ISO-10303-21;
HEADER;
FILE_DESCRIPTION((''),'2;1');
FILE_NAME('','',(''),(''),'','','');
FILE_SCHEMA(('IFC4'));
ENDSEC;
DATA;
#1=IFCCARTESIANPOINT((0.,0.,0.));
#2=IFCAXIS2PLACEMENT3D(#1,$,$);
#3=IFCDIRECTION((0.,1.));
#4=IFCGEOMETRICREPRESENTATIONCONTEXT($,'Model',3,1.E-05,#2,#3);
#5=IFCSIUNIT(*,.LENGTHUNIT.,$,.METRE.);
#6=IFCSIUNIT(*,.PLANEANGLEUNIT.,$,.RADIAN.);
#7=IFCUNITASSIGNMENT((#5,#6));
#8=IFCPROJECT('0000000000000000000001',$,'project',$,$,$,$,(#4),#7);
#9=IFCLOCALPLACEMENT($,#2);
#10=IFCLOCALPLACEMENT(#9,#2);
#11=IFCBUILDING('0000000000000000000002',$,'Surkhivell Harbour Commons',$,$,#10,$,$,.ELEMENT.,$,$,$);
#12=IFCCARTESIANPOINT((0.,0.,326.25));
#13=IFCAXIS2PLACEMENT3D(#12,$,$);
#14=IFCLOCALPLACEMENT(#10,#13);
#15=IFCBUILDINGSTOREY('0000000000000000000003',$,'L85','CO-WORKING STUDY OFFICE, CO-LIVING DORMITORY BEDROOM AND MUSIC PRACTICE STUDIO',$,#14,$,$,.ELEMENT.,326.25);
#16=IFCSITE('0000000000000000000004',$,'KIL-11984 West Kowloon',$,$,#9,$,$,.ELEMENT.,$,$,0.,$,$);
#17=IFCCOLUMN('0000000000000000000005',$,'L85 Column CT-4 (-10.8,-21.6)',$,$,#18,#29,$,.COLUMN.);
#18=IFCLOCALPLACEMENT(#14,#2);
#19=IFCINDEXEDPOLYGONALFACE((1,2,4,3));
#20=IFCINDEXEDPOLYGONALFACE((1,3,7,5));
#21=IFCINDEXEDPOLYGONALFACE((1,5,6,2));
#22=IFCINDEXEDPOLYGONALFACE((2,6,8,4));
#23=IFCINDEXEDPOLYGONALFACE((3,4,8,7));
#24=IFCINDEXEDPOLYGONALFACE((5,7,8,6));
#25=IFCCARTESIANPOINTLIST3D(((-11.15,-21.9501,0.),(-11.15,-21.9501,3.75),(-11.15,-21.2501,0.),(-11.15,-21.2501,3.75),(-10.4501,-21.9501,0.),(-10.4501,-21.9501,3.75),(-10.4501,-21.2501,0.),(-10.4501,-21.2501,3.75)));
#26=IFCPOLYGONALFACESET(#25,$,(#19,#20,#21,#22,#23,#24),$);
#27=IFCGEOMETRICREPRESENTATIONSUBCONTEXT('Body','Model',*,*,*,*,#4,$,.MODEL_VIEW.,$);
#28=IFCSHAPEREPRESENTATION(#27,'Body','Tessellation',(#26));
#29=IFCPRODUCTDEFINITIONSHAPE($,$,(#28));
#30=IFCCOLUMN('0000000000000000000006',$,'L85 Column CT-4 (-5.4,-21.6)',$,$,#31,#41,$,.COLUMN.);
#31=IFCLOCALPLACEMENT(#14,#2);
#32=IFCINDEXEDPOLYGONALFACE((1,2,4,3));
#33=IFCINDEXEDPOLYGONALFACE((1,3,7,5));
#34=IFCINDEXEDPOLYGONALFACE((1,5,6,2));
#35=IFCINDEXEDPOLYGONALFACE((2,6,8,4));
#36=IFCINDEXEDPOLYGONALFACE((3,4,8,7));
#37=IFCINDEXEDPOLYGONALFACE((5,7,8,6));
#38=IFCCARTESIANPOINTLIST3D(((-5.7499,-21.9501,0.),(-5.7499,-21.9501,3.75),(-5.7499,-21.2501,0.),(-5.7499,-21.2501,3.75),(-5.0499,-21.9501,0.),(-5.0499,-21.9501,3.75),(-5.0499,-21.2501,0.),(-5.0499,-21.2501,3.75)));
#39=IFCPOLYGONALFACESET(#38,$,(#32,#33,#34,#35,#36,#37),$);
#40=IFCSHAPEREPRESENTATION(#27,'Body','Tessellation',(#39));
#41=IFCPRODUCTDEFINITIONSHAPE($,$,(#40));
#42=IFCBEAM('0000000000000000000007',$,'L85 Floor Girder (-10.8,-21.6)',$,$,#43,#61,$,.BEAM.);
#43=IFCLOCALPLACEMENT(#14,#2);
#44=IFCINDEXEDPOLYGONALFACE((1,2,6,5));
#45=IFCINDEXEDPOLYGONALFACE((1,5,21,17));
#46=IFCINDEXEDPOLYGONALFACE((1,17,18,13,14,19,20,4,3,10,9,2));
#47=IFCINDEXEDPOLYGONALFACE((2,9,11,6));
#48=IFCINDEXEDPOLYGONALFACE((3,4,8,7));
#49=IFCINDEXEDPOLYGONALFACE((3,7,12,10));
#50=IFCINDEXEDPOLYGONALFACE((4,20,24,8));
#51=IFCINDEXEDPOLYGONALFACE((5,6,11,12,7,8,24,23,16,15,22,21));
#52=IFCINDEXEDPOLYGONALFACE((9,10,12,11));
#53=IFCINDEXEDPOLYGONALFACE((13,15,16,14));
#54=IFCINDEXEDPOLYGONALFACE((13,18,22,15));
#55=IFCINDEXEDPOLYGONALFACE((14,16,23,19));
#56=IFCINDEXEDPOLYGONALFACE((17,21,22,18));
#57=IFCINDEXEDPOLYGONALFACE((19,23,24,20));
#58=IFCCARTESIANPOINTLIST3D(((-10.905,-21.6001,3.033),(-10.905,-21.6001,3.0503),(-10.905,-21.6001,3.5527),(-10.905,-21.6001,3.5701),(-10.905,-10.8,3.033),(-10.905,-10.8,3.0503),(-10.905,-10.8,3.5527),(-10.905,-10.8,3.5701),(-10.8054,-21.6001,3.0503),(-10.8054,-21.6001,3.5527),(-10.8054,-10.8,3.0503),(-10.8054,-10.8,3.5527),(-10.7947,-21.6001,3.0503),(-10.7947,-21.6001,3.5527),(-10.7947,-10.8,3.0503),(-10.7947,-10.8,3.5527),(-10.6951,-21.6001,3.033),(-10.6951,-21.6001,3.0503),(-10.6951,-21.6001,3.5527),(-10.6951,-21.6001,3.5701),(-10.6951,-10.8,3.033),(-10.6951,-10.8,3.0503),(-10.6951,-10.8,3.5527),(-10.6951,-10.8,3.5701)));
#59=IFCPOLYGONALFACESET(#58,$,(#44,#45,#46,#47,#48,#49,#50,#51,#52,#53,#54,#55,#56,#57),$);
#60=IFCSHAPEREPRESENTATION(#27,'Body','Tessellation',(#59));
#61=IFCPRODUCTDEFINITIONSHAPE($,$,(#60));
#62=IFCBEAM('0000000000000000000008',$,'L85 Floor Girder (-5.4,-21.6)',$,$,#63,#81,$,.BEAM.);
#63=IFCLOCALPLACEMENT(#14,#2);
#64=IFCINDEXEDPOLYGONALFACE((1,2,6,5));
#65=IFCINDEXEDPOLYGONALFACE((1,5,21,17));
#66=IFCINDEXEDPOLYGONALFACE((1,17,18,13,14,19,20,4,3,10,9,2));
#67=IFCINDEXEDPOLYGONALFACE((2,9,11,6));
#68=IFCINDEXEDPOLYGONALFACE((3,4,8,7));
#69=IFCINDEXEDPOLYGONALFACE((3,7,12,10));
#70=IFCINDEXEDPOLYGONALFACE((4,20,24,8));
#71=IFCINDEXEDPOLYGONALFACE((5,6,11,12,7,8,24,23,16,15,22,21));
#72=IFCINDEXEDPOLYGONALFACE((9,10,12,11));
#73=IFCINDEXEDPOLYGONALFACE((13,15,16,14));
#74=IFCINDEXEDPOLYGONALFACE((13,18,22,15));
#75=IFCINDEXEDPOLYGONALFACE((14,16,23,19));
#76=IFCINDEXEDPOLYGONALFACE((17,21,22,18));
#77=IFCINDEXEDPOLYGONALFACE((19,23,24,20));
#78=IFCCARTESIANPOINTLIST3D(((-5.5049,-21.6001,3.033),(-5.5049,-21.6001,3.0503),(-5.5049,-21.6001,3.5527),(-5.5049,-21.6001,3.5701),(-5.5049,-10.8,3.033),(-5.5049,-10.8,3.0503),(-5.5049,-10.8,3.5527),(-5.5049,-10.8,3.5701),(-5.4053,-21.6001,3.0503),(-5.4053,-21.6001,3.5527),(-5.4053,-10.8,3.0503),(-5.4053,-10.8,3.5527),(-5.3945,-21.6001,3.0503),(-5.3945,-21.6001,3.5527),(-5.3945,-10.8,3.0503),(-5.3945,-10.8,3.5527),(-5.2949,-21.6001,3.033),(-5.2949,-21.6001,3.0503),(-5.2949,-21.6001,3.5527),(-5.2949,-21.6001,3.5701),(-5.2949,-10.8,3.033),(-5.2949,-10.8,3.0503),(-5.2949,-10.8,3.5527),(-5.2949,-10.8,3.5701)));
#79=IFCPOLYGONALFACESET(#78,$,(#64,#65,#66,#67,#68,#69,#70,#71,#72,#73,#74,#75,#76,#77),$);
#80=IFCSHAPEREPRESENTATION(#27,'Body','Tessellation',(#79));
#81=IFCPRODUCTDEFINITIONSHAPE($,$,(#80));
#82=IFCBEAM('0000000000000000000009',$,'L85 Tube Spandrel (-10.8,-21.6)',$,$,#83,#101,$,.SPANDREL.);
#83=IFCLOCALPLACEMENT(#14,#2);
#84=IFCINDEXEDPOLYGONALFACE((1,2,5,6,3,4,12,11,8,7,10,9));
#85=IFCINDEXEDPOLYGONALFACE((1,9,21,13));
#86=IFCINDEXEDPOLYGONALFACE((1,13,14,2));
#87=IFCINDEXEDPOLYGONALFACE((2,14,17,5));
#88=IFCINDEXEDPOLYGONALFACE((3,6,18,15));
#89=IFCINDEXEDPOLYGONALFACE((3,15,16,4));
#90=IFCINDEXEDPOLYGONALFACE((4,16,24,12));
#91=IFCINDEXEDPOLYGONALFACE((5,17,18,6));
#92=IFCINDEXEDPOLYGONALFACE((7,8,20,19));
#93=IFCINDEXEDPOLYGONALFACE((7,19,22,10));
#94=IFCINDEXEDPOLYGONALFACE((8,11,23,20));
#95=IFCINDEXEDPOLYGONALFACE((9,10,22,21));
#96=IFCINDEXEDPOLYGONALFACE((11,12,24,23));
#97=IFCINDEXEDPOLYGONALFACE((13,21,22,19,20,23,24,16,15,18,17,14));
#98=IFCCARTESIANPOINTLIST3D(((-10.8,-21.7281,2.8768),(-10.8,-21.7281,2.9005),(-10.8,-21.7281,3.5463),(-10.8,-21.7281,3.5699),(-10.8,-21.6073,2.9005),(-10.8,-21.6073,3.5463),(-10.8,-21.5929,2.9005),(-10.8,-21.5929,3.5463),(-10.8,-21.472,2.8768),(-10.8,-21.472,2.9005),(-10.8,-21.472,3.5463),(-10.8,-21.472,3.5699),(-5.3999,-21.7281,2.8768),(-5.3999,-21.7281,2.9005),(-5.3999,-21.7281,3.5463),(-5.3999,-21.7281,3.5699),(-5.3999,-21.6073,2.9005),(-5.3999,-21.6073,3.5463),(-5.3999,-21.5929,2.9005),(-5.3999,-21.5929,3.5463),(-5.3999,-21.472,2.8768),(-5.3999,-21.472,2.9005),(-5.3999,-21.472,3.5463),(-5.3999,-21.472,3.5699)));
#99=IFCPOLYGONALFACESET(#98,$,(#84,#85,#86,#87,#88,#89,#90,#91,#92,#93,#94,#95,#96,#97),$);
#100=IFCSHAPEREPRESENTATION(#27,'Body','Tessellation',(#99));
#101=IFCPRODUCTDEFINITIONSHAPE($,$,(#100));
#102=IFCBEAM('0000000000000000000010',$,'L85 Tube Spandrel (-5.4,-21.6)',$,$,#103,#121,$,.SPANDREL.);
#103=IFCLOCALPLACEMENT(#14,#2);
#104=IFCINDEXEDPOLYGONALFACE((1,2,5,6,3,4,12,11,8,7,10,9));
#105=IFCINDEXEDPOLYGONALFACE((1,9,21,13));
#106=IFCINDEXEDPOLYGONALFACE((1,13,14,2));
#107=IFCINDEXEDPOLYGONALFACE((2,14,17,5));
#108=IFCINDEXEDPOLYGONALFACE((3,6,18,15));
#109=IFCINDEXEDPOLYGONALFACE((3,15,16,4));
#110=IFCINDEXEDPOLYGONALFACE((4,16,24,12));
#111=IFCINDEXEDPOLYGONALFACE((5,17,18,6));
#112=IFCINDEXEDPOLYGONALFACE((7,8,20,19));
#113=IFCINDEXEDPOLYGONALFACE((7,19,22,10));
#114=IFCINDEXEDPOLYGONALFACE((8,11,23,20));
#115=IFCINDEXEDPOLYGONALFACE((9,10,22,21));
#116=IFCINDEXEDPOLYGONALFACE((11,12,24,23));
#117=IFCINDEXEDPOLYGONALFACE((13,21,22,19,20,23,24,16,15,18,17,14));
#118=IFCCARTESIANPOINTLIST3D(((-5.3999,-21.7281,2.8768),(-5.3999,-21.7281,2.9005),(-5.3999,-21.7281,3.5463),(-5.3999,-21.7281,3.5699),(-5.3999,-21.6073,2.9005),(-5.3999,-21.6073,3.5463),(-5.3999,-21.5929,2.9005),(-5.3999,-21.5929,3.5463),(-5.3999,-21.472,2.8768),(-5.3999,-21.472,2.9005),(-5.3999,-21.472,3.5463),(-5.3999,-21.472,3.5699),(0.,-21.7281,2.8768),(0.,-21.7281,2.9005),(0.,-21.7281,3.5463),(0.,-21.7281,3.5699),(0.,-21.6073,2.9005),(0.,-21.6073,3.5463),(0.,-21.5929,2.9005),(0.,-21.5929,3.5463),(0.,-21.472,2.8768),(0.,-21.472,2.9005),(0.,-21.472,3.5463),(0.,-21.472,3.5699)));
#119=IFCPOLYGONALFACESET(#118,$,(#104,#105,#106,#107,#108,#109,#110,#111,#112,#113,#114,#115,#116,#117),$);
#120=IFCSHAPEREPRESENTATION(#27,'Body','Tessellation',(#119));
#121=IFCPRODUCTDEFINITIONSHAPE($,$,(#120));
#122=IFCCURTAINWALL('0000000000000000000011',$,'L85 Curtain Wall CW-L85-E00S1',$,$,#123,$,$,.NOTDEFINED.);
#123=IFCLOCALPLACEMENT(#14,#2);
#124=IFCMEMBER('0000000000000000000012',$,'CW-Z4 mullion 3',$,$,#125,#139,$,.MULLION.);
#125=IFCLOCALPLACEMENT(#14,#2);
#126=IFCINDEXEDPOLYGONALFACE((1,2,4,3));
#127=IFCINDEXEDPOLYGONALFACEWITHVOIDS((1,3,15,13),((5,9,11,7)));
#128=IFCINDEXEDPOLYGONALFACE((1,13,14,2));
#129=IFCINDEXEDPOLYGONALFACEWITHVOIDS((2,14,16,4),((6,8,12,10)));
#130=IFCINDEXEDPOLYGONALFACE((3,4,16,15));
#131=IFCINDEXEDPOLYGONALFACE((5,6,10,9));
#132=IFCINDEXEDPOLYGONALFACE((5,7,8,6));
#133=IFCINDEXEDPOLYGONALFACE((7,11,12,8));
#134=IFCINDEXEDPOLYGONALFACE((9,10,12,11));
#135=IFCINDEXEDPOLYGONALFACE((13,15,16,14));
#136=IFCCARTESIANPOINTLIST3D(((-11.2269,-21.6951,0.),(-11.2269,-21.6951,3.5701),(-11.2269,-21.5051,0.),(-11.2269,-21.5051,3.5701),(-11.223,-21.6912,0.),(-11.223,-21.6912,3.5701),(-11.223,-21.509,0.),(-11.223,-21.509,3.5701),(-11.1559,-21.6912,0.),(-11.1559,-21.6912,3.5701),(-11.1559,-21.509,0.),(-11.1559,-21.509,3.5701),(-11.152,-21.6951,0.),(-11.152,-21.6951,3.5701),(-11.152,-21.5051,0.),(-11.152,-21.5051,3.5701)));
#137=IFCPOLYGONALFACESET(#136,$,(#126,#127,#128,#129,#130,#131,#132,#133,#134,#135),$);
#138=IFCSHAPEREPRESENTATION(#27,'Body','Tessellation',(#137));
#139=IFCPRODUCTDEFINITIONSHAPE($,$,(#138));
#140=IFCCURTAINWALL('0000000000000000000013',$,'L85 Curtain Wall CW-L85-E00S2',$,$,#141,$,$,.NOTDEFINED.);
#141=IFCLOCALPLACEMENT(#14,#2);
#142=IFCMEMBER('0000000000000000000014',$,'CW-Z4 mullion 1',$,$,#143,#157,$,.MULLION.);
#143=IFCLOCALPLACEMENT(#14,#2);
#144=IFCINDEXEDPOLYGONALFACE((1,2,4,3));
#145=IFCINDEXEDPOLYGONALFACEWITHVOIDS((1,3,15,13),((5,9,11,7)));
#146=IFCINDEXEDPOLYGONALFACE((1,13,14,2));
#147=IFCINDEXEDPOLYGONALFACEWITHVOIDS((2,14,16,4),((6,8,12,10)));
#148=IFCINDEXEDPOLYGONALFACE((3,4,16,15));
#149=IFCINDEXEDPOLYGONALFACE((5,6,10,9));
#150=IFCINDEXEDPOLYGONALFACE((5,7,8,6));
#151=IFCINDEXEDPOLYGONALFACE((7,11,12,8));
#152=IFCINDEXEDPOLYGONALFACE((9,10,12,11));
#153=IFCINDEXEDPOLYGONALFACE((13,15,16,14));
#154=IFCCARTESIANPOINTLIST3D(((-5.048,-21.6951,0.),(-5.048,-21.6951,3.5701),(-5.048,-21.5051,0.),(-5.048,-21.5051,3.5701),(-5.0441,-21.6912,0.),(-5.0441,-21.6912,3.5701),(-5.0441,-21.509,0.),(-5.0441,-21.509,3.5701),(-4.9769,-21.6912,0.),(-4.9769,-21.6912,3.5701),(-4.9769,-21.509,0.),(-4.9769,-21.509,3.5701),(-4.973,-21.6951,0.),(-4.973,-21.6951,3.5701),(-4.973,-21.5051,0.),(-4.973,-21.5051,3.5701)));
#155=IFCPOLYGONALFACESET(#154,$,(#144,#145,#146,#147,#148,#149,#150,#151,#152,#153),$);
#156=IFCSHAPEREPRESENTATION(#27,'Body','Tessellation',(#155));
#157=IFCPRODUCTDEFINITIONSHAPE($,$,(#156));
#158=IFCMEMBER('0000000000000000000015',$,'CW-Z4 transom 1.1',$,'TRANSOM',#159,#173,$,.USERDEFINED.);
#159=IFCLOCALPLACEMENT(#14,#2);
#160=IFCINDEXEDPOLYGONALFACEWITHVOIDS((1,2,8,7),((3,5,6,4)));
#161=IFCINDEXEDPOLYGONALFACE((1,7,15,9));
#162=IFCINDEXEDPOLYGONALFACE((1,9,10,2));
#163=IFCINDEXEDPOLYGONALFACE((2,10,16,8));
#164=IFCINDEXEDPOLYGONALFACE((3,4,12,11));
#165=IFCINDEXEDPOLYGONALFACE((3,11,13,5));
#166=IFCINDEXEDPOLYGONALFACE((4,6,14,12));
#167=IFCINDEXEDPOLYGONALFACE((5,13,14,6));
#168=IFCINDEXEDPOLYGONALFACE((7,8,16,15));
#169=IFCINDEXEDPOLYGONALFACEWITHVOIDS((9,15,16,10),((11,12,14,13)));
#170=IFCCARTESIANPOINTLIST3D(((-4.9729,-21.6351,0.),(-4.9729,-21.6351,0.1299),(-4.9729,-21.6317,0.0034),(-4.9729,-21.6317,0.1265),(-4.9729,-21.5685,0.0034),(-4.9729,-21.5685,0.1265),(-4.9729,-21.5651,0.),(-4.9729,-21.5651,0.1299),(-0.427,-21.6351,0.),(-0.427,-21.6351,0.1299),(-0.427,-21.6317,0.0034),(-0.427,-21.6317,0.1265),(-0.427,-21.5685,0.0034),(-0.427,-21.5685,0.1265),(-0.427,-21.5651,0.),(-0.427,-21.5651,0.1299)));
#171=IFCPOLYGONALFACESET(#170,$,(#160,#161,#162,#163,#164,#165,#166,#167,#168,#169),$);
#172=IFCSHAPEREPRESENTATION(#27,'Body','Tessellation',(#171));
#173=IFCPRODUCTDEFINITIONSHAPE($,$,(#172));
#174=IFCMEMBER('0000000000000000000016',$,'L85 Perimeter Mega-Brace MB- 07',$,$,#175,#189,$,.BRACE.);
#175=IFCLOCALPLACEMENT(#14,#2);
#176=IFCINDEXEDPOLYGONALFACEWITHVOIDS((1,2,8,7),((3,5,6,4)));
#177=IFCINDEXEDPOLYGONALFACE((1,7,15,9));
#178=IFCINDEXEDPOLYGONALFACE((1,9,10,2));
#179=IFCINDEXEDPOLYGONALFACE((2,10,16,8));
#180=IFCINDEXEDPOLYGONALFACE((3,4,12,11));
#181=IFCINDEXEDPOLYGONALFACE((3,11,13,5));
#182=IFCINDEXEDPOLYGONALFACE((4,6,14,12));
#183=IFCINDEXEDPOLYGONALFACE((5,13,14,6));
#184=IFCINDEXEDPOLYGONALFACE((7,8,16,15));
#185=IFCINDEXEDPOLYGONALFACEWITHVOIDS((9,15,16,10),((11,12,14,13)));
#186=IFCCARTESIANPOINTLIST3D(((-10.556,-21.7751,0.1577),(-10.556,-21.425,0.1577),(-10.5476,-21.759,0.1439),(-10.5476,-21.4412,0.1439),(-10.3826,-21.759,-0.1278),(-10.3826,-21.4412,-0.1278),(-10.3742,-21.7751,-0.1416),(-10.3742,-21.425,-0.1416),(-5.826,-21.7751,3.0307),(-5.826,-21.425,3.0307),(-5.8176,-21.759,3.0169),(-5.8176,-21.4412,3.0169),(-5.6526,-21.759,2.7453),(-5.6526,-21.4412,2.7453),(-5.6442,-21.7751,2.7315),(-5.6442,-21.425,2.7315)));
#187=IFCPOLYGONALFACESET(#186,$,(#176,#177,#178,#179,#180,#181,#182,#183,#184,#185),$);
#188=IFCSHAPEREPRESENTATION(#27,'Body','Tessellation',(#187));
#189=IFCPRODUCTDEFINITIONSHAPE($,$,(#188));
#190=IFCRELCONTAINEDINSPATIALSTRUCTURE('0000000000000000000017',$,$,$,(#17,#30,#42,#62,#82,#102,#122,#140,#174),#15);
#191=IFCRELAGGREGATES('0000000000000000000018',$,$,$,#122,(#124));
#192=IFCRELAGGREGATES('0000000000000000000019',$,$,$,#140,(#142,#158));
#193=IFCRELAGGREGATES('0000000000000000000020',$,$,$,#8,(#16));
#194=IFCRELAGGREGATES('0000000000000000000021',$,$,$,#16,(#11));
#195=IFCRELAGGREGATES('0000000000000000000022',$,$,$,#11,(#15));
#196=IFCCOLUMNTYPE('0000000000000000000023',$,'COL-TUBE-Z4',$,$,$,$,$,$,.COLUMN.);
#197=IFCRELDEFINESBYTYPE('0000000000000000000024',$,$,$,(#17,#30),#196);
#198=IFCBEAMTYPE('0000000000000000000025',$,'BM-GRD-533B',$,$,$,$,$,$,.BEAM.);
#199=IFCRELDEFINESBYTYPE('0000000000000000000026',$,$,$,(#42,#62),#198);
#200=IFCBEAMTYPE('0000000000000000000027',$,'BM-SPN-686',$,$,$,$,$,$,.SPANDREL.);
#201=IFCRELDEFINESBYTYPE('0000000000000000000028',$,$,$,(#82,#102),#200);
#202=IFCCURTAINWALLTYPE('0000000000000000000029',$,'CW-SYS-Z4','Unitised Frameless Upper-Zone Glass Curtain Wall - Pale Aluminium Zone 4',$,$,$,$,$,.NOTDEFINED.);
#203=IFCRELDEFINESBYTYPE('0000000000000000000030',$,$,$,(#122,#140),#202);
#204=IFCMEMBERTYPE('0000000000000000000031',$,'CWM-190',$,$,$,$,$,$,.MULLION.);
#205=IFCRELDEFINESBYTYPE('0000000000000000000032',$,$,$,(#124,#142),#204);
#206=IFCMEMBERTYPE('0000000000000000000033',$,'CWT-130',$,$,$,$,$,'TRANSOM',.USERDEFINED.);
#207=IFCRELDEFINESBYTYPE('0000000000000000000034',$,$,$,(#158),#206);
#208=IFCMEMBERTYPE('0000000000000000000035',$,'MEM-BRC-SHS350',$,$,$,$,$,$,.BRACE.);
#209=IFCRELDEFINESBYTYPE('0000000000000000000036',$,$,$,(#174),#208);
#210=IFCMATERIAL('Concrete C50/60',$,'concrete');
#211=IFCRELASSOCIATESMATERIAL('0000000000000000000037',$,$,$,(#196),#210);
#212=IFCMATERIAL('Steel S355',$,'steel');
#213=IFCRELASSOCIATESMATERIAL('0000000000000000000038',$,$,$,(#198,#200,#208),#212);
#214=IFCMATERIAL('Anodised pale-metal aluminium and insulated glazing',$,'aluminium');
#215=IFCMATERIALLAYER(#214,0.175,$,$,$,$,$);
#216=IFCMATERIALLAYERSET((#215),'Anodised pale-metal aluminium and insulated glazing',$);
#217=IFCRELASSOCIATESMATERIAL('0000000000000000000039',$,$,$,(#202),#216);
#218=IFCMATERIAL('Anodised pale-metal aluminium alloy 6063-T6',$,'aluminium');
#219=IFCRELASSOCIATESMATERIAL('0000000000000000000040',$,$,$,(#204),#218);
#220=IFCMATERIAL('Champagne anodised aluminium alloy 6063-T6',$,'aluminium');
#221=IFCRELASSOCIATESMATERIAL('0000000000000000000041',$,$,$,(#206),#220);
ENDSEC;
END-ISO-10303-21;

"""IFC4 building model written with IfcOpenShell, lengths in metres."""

from ifc_helpers import new_model, si_unit, direction, frame, origin, origin_2d, place, context, subcontext, project, spatial, rectangle, hollow_rectangle, i_section, extrude, material, layer, layer_set, material_profile, profile_set, type_object, element, aggregate, save


model = new_model("IFC4")

# Units and contexts
model_context = context("Model", 3, precision=1e-05, world=origin(), true_north=direction((0.0, 1.0)))
body_context = subcontext(model_context, "Body", "Model", "MODEL_VIEW")
ifc_project = project(units=[si_unit("LENGTHUNIT", "METRE"), si_unit("PLANEANGLEUNIT", "RADIAN")], contexts=[model_context])

# Site, building, storey
site_placement = place(None, origin())
site = spatial("IfcSite", under=ifc_project, at=site_placement, Name="KIL-11984 West Kowloon", CompositionType="ELEMENT", RefElevation=0.0)
building_placement = place(site_placement, origin())
building = spatial("IfcBuilding", under=site, at=building_placement, Name="Surkhivell Harbour Commons", CompositionType="ELEMENT")
storey_placement = place(building_placement, frame((0.0, 0.0, 326.25)))
storey = spatial("IfcBuildingStorey", under=building, at=storey_placement, Name="L85", Description="CO-WORKING STUDY OFFICE, CO-LIVING DORMITORY BEDROOM AND MUSIC PRACTICE STUDIO", CompositionType="ELEMENT", Elevation=326.25)

# Columns
ifc_material_1 = material(Name="Concrete C50/60", Category="concrete")
ifc_material_profile_1 = material_profile(ifc_material_1, rectangle(XDim=0.7, YDim=0.7, at=origin_2d()), Name="RC-COL-700x700")
ifc_profile_set_1 = profile_set([ifc_material_profile_1], Name="Concrete C50/60")
column_type = type_object("IfcColumnType", Name="COL-TUBE-Z4", PredefinedType="COLUMN", material=ifc_profile_set_1)
for number, where, z_axis, x_axis, name in (
    (1, (-10.8, -21.6001, 0.0), (0.0, 0.0, 1.0), (1.0, 0.0, 0.0), "L85 Column CT-4 (-10.8,-21.6)"),
    (2, (-5.3999, -21.6001, 0.0), (0.0, 0.0, 1.0), (1.0, 0.0, 0.0), "L85 Column CT-4 (-5.4,-21.6)"),
):
    element("IfcColumn", number, at=place(storey_placement, frame(where, z_axis=z_axis, x_axis=x_axis)), inside=storey, type_object=column_type, Name=name, PredefinedType="COLUMN", context=body_context, shape_type="SweptSolid", body=[
        extrude(rectangle(XDim=0.7, YDim=0.7, at=origin_2d()), origin(), (0.0, 0.0, 1.0), 3.75),
    ])

# Beams
ifc_material_2 = material(Name="Steel S355", Category="steel")
ifc_material_profile_2 = material_profile(ifc_material_2, i_section(OverallWidth=0.21, OverallDepth=0.5371, WebThickness=0.0107, FlangeThickness=0.0173, at=origin_2d()), Name="UB533x210x101")
ifc_profile_set_2 = profile_set([ifc_material_profile_2], Name="Steel S355")
beam_type_1 = type_object("IfcBeamType", Name="BM-GRD-533B", PredefinedType="BEAM", material=ifc_profile_set_2)
for number, where, z_axis, x_axis, name in (
    (3, (-10.8, -21.6001, 3.3015), (0.0, 1.0, 0.0), (-1.0, 0.0, 0.0), "L85 Floor Girder (-10.8,-21.6)"),
    (4, (-5.3999, -21.6001, 3.3015), (0.0, 1.0, 0.0), (-1.0, 0.0, 0.0), "L85 Floor Girder (-5.4,-21.6)"),
):
    element("IfcBeam", number, at=place(storey_placement, frame(where, z_axis=z_axis, x_axis=x_axis)), inside=storey, type_object=beam_type_1, Name=name, PredefinedType="BEAM", context=body_context, shape_type="SweptSolid", body=[
        extrude(i_section(OverallWidth=0.21, OverallDepth=0.5371, WebThickness=0.0107, FlangeThickness=0.0173, at=origin_2d()), origin(), (0.0, 0.0, 1.0), 10.8),
    ])
ifc_material_profile_3 = material_profile(ifc_material_2, i_section(OverallWidth=0.2561, OverallDepth=0.6931, WebThickness=0.0144, FlangeThickness=0.0237, at=origin_2d()), Name="UB686x254x170")
ifc_profile_set_3 = profile_set([ifc_material_profile_3], Name="Steel S355")
beam_type_2 = type_object("IfcBeamType", Name="BM-SPN-686", PredefinedType="SPANDREL", material=ifc_profile_set_3)
beam_1_placement = place(storey_placement, frame((-10.8, -21.6001, 3.2234), z_axis=(1.0, 0.0, 0.0), x_axis=(0.0, 1.0, 0.0)))
element("IfcBeam", 5, at=beam_1_placement, inside=storey, type_object=beam_type_2, Name="L85 Tube Spandrel (-10.8,-21.6)", PredefinedType="SPANDREL", context=body_context, shape_type="SweptSolid", body=[
    extrude(i_section(OverallWidth=0.2561, OverallDepth=0.6931, WebThickness=0.0144, FlangeThickness=0.0237, at=origin_2d()), origin(), (0.0, 0.0, 1.0), 5.4001),
])
beam_2_placement = place(storey_placement, frame((-5.3999, -21.6001, 3.2234), z_axis=(1.0, 0.0, 0.0), x_axis=(0.0, 1.0, 0.0)))
element("IfcBeam", 6, at=beam_2_placement, inside=storey, type_object=beam_type_2, Name="L85 Tube Spandrel (-5.4,-21.6)", PredefinedType="SPANDREL", context=body_context, shape_type="SweptSolid", body=[
    extrude(i_section(OverallWidth=0.2561, OverallDepth=0.6931, WebThickness=0.0144, FlangeThickness=0.0237, at=origin_2d()), origin(), (0.0, 0.0, 1.0), 5.3999),
])

# Curtain wall, member
ifc_material_3 = material(Name="Anodised pale-metal aluminium and insulated glazing", Category="aluminium")
ifc_layer_1 = layer(ifc_material_3, 0.175)
ifc_layer_set_1 = layer_set([ifc_layer_1], Name="Anodised pale-metal aluminium and insulated glazing")
curtain_wall_type = type_object("IfcCurtainWallType", Name="CW-SYS-Z4", Description="Unitised Frameless Upper-Zone Glass Curtain Wall - Pale Aluminium Zone 4", PredefinedType="NOTDEFINED", material=ifc_layer_set_1)
curtain_wall_1_placement = place(storey_placement, origin())
curtain_wall_1 = element("IfcCurtainWall", 7, at=curtain_wall_1_placement, inside=storey, type_object=curtain_wall_type, Name="L85 Curtain Wall CW-L85-E00S1", PredefinedType="NOTDEFINED")
ifc_material_4 = material(Name="Anodised pale-metal aluminium alloy 6063-T6", Category="aluminium")
ifc_material_profile_4 = material_profile(ifc_material_4, hollow_rectangle(XDim=0.075, YDim=0.1899, WallThickness=0.0039, at=origin_2d()), Name="ALU-MULL-75x190")
ifc_profile_set_4 = profile_set([ifc_material_profile_4], Name="Anodised pale-metal aluminium alloy 6063-T6")
member_type_1 = type_object("IfcMemberType", Name="CWM-190", PredefinedType="MULLION", material=ifc_profile_set_4)
member_1_placement = place(storey_placement, frame((-11.1895, -21.6001, 0.0), z_axis=(0.0, 0.0, 1.0), x_axis=(1.0, 0.0, 0.0)))
member_1 = element("IfcMember", 8, at=member_1_placement, type_object=member_type_1, Name="CW-Z4 mullion 3", PredefinedType="MULLION", context=body_context, shape_type="SweptSolid", body=[
    extrude(hollow_rectangle(XDim=0.075, YDim=0.1899, WallThickness=0.0039, at=origin_2d()), origin(), (0.0, 0.0, 1.0), 3.5701),
])

# Curtain wall, members
curtain_wall_2_placement = place(storey_placement, origin())
curtain_wall_2 = element("IfcCurtainWall", 9, at=curtain_wall_2_placement, inside=storey, type_object=curtain_wall_type, Name="L85 Curtain Wall CW-L85-E00S2", PredefinedType="NOTDEFINED")
member_2_placement = place(storey_placement, frame((-5.0105, -21.6001, 0.0), z_axis=(0.0, 0.0, 1.0), x_axis=(1.0, 0.0, 0.0)))
member_2 = element("IfcMember", 10, at=member_2_placement, type_object=member_type_1, Name="CW-Z4 mullion 1", PredefinedType="MULLION", context=body_context, shape_type="SweptSolid", body=[
    extrude(hollow_rectangle(XDim=0.075, YDim=0.1899, WallThickness=0.0039, at=origin_2d()), origin(), (0.0, 0.0, 1.0), 3.5701),
])
ifc_material_5 = material(Name="Champagne anodised aluminium alloy 6063-T6", Category="aluminium")
ifc_material_profile_5 = material_profile(ifc_material_5, hollow_rectangle(XDim=0.0701, YDim=0.1299, WallThickness=0.0034, at=origin_2d()), Name="ALU-TRAN-70x130")
ifc_profile_set_5 = profile_set([ifc_material_profile_5], Name="Champagne anodised aluminium alloy 6063-T6")
member_type_2 = type_object("IfcMemberType", Name="CWT-130", ElementType="TRANSOM", PredefinedType="USERDEFINED", material=ifc_profile_set_5)
member_3_placement = place(storey_placement, frame((-4.9729, -21.6001, 0.0649), z_axis=(1.0, 0.0, 0.0), x_axis=(0.0, 1.0, 0.0)))
member_3 = element("IfcMember", 11, at=member_3_placement, type_object=member_type_2, Name="CW-Z4 transom 1.1", ObjectType="TRANSOM", PredefinedType="USERDEFINED", context=body_context, shape_type="SweptSolid", body=[
    extrude(hollow_rectangle(XDim=0.0701, YDim=0.1299, WallThickness=0.0034, at=origin_2d()), origin(), (0.0, 0.0, 1.0), 4.5459),
])

# Member
ifc_material_profile_6 = material_profile(ifc_material_2, hollow_rectangle(XDim=0.3501, YDim=0.3501, WallThickness=0.0161, at=origin_2d()), Name="SHS350x350x16")
ifc_profile_set_6 = profile_set([ifc_material_profile_6], Name="Steel S355")
member_type_3 = type_object("IfcMemberType", Name="MEM-BRC-SHS350", PredefinedType="BRACE", material=ifc_profile_set_6)
member_4_placement = place(storey_placement, frame((-10.4651, -21.6001, 0.0081), z_axis=(0.854685, 0.0, 0.519146), x_axis=(0.0, 1.0, 0.0)))
element("IfcMember", 12, at=member_4_placement, inside=storey, type_object=member_type_3, Name="L85 Perimeter Mega-Brace MB- 07", PredefinedType="BRACE", context=body_context, shape_type="SweptSolid", body=[
    extrude(hollow_rectangle(XDim=0.3501, YDim=0.3501, WallThickness=0.0161, at=origin_2d()), origin(), (0.0, 0.0, 1.0), 5.5342),
])

aggregate(curtain_wall_1, [member_1])
aggregate(curtain_wall_2, [member_2, member_3])

save(model, "model.ifc")
